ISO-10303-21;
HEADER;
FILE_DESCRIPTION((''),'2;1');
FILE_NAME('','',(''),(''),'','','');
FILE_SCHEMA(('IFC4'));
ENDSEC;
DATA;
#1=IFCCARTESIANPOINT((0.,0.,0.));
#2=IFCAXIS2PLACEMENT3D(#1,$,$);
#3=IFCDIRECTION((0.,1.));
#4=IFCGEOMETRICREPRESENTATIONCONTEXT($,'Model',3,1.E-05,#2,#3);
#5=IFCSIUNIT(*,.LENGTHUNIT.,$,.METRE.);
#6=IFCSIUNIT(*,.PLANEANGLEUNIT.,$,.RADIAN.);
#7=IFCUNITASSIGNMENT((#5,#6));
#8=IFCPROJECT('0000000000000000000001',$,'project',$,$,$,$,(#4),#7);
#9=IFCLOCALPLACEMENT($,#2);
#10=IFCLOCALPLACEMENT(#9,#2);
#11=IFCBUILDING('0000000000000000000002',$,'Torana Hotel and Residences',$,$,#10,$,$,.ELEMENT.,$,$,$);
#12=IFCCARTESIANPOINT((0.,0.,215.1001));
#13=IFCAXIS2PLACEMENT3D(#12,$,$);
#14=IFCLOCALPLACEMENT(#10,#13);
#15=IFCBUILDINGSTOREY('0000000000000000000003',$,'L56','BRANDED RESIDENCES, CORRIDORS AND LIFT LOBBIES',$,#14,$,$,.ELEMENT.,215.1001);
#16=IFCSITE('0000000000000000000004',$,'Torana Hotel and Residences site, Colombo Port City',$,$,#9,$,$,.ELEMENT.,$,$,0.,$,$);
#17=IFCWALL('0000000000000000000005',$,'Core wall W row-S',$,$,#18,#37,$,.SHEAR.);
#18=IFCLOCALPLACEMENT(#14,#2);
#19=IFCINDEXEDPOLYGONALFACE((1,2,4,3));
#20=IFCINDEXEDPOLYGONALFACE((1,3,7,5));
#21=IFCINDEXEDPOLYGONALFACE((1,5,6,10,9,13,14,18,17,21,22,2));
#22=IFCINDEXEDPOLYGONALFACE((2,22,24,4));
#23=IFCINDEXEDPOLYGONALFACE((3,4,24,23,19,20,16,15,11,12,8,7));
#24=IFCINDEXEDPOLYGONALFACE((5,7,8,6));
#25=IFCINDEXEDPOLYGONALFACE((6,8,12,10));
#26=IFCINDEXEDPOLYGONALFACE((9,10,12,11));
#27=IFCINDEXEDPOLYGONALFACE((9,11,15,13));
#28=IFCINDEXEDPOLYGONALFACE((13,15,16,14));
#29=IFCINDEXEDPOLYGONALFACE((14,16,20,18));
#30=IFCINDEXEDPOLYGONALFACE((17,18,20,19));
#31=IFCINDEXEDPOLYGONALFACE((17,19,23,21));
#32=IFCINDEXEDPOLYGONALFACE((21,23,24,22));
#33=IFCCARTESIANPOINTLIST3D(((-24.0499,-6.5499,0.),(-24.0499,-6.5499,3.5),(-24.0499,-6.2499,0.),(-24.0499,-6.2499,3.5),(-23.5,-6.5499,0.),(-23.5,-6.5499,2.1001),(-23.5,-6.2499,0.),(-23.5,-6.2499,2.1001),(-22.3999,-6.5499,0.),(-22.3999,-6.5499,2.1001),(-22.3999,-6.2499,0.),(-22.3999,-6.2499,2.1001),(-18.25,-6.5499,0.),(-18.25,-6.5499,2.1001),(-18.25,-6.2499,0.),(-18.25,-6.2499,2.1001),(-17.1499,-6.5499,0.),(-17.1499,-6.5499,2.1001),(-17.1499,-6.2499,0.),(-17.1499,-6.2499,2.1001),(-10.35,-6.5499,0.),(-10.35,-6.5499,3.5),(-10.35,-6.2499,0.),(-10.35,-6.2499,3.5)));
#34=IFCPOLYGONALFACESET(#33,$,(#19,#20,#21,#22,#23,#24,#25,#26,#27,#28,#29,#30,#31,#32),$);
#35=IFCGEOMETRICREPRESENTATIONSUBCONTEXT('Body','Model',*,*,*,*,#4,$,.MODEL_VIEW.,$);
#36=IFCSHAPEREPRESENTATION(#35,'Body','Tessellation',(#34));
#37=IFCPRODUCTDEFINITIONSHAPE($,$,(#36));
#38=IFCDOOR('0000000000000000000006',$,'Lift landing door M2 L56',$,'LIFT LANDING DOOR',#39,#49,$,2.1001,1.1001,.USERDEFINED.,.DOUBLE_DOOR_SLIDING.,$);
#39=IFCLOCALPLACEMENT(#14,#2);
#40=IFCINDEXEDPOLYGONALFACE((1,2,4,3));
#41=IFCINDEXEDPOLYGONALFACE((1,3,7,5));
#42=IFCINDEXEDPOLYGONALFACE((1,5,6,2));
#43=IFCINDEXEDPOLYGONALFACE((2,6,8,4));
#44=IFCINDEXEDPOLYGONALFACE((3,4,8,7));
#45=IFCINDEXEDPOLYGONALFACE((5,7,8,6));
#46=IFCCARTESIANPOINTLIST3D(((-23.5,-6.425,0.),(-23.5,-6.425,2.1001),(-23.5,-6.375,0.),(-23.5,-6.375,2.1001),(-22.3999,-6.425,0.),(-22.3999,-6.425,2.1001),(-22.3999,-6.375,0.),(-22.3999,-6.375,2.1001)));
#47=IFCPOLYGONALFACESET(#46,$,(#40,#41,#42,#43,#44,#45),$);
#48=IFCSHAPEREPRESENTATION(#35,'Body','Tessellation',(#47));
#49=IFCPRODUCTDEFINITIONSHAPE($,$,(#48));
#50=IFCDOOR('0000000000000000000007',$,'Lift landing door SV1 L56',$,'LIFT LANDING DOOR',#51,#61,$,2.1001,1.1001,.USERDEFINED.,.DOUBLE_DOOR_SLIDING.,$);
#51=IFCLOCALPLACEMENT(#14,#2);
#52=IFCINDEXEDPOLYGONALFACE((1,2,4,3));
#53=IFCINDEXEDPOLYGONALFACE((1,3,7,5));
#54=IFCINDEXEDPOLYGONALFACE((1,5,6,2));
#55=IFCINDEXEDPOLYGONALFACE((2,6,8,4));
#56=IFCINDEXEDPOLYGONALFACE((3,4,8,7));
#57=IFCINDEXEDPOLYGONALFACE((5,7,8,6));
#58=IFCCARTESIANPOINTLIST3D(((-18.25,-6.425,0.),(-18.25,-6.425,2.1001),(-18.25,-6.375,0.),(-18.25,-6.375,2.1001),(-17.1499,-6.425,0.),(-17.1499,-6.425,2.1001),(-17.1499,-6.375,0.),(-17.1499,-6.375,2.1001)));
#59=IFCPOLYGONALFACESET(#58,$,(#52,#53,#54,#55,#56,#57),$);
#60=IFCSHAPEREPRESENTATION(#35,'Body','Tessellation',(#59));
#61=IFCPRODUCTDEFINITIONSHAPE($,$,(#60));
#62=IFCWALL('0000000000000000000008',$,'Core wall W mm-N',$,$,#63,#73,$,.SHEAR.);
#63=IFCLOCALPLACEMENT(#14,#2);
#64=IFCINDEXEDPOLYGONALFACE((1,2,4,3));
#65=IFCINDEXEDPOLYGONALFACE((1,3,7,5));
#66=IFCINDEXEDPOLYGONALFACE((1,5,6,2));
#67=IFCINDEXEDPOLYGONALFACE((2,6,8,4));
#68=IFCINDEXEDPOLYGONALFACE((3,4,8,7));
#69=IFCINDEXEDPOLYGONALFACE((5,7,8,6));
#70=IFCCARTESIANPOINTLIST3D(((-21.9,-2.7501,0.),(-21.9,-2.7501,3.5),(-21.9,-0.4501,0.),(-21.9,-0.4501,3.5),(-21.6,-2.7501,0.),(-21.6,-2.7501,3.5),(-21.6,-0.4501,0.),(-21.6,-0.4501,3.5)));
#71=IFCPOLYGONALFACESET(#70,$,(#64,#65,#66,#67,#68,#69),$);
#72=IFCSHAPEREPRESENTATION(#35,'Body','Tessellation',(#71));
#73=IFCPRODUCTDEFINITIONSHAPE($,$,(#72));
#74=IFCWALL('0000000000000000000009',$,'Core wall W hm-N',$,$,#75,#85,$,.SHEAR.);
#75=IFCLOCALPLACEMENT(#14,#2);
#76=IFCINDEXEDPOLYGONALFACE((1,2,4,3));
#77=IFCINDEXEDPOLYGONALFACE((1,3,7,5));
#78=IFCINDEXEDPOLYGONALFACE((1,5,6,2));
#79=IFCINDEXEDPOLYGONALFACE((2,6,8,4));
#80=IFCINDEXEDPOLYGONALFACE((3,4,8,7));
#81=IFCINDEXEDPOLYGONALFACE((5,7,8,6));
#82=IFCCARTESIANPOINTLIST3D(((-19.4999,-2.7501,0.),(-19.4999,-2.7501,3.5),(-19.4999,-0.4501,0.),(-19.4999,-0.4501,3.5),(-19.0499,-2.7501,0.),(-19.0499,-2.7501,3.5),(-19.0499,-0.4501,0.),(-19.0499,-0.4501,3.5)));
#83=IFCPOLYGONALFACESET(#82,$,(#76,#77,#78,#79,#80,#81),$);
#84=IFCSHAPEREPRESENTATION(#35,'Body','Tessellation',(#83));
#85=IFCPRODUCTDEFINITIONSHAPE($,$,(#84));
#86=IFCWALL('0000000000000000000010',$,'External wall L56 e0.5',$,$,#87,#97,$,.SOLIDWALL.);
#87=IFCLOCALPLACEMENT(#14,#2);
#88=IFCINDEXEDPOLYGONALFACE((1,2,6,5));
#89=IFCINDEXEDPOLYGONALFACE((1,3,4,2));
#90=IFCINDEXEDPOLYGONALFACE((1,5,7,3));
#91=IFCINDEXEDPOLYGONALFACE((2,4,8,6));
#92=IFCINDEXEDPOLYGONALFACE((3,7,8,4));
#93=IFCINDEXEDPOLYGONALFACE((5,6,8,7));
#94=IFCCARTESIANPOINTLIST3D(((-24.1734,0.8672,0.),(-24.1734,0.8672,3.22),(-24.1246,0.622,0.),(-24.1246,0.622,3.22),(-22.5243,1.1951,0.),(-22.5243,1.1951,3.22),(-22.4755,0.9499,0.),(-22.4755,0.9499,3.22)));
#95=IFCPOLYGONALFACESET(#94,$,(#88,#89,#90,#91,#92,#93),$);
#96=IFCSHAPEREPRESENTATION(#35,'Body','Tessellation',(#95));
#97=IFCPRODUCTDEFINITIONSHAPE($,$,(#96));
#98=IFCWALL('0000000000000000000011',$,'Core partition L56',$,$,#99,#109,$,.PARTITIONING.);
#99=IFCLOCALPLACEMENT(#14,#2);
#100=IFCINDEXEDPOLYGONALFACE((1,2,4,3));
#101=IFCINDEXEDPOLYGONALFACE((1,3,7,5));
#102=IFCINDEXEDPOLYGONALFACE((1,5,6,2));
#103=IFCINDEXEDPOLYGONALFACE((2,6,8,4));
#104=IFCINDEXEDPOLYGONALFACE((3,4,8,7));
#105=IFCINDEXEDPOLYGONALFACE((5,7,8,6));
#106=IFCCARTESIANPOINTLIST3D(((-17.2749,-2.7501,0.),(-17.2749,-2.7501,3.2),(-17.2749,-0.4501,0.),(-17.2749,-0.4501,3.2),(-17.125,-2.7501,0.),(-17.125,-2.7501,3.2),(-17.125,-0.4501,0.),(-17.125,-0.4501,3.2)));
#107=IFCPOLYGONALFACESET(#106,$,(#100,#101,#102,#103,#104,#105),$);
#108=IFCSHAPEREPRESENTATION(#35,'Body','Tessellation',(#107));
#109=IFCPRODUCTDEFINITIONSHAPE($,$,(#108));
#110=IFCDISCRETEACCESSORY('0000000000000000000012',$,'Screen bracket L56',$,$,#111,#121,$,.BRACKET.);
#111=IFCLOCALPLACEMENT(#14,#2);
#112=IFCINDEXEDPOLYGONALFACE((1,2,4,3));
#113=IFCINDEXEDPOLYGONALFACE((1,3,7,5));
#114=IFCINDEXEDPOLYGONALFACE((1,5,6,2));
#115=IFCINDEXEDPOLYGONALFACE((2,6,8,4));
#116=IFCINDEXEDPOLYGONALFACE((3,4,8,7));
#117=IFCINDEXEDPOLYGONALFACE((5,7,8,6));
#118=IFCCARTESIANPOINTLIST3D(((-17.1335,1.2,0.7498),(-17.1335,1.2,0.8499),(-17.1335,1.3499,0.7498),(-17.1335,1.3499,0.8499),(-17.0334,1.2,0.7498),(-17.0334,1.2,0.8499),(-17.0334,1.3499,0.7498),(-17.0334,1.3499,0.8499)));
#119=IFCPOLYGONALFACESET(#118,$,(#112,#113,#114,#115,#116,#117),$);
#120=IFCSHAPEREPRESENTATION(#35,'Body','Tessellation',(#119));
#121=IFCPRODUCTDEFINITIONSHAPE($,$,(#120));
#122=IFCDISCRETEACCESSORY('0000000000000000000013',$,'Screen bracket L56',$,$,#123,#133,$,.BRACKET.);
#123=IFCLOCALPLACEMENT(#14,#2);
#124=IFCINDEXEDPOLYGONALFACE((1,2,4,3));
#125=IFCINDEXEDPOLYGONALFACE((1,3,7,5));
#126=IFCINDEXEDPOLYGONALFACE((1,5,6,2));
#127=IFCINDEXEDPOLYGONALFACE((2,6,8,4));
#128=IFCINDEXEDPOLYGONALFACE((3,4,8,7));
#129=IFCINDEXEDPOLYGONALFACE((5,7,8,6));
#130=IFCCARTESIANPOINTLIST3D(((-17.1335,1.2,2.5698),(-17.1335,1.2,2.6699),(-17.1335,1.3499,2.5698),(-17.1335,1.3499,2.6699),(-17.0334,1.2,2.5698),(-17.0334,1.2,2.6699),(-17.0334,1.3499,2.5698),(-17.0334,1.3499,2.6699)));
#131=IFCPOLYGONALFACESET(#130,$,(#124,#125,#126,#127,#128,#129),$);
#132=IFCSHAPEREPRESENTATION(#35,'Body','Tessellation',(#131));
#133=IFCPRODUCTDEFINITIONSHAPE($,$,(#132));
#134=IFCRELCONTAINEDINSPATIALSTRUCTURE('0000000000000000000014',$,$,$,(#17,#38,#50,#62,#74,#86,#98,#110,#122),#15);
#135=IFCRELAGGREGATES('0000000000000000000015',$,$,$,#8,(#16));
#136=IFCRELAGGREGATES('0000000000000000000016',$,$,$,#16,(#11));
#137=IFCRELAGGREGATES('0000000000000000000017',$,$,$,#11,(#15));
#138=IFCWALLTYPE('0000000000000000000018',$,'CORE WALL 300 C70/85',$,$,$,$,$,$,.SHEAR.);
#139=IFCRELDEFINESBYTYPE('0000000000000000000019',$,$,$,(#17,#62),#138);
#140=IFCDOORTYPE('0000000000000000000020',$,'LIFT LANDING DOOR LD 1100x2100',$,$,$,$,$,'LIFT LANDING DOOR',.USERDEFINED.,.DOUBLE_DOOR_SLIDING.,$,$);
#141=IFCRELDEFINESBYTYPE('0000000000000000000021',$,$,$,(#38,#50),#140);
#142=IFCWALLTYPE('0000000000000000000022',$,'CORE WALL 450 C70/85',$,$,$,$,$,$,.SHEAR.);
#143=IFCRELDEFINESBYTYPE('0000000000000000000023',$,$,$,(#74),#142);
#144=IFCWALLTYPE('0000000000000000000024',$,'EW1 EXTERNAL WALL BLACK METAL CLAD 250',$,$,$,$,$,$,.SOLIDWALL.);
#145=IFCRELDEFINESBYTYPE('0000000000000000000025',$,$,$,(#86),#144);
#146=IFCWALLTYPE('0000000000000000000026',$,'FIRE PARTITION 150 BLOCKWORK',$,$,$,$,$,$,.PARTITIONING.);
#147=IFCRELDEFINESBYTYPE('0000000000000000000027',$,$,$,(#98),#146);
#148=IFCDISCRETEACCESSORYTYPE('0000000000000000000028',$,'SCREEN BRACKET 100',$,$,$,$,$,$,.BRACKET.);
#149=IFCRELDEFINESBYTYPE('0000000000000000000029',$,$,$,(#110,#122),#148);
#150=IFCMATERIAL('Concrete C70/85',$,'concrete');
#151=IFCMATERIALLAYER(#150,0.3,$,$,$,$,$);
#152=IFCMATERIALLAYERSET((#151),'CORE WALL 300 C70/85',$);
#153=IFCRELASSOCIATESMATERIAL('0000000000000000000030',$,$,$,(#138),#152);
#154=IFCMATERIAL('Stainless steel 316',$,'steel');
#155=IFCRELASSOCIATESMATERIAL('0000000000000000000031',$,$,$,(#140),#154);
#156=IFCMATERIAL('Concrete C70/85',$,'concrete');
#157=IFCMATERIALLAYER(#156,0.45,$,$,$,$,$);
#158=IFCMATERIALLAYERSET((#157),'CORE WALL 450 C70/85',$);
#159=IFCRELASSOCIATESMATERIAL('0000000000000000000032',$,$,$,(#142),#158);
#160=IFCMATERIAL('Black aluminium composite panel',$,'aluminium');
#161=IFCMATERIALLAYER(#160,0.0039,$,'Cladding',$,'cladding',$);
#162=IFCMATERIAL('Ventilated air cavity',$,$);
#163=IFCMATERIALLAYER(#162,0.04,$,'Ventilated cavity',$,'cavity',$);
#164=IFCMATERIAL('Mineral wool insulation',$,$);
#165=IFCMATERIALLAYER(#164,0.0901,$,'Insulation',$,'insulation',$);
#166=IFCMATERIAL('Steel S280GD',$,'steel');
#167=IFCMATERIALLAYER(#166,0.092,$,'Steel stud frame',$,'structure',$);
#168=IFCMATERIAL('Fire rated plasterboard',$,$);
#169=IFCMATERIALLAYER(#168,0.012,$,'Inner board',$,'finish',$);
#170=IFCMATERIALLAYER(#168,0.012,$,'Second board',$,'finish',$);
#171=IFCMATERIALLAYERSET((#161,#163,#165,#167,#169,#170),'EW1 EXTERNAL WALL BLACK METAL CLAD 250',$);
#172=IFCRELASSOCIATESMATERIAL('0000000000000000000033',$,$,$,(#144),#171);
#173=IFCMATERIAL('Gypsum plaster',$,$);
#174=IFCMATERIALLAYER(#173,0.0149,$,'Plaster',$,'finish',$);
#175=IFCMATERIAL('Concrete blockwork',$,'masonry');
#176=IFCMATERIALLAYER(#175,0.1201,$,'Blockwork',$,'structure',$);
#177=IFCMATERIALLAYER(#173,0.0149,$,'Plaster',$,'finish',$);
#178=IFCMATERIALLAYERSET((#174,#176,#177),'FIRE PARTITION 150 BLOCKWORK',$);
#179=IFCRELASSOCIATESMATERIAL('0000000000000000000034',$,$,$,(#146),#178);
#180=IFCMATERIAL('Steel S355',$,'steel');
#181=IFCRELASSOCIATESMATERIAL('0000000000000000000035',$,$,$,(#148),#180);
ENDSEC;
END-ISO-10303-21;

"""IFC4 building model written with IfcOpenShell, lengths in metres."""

from ifc_helpers import new_model, si_unit, direction, frame, frame_2d, origin, origin_2d, place, context, subcontext, project, spatial, rectangle, extrude, material, layer, layer_set, type_object, element, fill, save


model = new_model("IFC4")

# Units and contexts
model_context = context("Model", 3, precision=1e-05, world=origin(), true_north=direction((0.0, 1.0)))
body_context = subcontext(model_context, "Body", "Model", "MODEL_VIEW")
ifc_project = project(units=[si_unit("LENGTHUNIT", "METRE"), si_unit("PLANEANGLEUNIT", "RADIAN")], contexts=[model_context])

# Site, building, storey
site_placement = place(None, origin())
site = spatial("IfcSite", under=ifc_project, at=site_placement, Name="Torana Hotel and Residences site, Colombo Port City", CompositionType="ELEMENT", RefElevation=0.0)
building_placement = place(site_placement, origin())
building = spatial("IfcBuilding", under=site, at=building_placement, Name="Torana Hotel and Residences", CompositionType="ELEMENT")
storey_placement = place(building_placement, frame((0.0, 0.0, 215.1001)))
storey = spatial("IfcBuildingStorey", under=building, at=storey_placement, Name="L56", Description="BRANDED RESIDENCES, CORRIDORS AND LIFT LOBBIES", CompositionType="ELEMENT", Elevation=215.1001)

# Wall, openings, doors
ifc_material_1 = material(Name="Concrete C70/85", Category="concrete")
ifc_layer_1 = layer(ifc_material_1, 0.3)
ifc_layer_set_1 = layer_set([ifc_layer_1], Name="CORE WALL 300 C70/85")
wall_type_1 = type_object("IfcWallType", Name="CORE WALL 300 C70/85", PredefinedType="SHEAR", material=ifc_layer_set_1)
ifc_material_2 = material(Name="Stainless steel 316", Category="steel")
door_type_1 = type_object("IfcDoorType", Name="LIFT LANDING DOOR LD 1100x2100", ElementType="LIFT LANDING DOOR", OperationType="DOUBLE_DOOR_SLIDING", PredefinedType="USERDEFINED", material=ifc_material_2)
wall_1_placement = place(storey_placement, frame((-24.05, -6.3999, 0.0), z_axis=(0.0, 0.0, 1.0), x_axis=(1.0, 0.0, 0.0)))
wall_1 = element("IfcWall", 1, at=wall_1_placement, inside=storey, type_object=wall_type_1, Name="Core wall W row-S", PredefinedType="SHEAR", context=body_context, shape_type="SweptSolid", body=[
    extrude(rectangle(XDim=13.7, YDim=0.3, at=frame_2d((6.8501, 0.0))), origin(), (0.0, 0.0, 1.0), 3.5),
])
opening_1_placement = place(wall_1_placement, frame((0.55, 0.0, 0.0)))
opening_1 = element("IfcOpeningElement", 2, at=opening_1_placement, cuts=wall_1, PredefinedType="OPENING", context=body_context, shape_type="SweptSolid", body=[
    extrude(rectangle(XDim=1.1001, YDim=2.1001, at=frame_2d((0.55, 1.05))), frame((0.0, 0.1599, 0.0), z_axis=(0.0, -1.0, 0.0), x_axis=(1.0, 0.0, 0.0)), (0.0, 0.0, 1.0), 0.3201),
])
opening_2_placement = place(wall_1_placement, frame((5.8, 0.0, 0.0)))
opening_2 = element("IfcOpeningElement", 3, at=opening_2_placement, cuts=wall_1, PredefinedType="OPENING", context=body_context, shape_type="SweptSolid", body=[
    extrude(rectangle(XDim=1.1001, YDim=2.1001, at=frame_2d((0.55, 1.05))), frame((0.0, 0.1599, 0.0), z_axis=(0.0, -1.0, 0.0), x_axis=(1.0, 0.0, 0.0)), (0.0, 0.0, 1.0), 0.3201),
])
door_1_placement = place(opening_1_placement, origin())
door_1 = element("IfcDoor", 4, at=door_1_placement, inside=storey, type_object=door_type_1, Name="Lift landing door M2 L56", ObjectType="LIFT LANDING DOOR", OperationType="DOUBLE_DOOR_SLIDING", OverallHeight=2.1001, OverallWidth=1.1001, PredefinedType="USERDEFINED", context=body_context, shape_type="SweptSolid", body=[
    extrude(rectangle(XDim=1.1001, YDim=2.1001, at=frame_2d((0.55, 1.05))), frame((0.0, 0.0249, 0.0), z_axis=(0.0, -1.0, 0.0), x_axis=(1.0, 0.0, 0.0)), (0.0, 0.0, 1.0), 0.05),
])
fill(opening_1, door_1)
door_2_placement = place(opening_2_placement, origin())
door_2 = element("IfcDoor", 5, at=door_2_placement, inside=storey, type_object=door_type_1, Name="Lift landing door SV1 L56", ObjectType="LIFT LANDING DOOR", OperationType="DOUBLE_DOOR_SLIDING", OverallHeight=2.1001, OverallWidth=1.1001, PredefinedType="USERDEFINED", context=body_context, shape_type="SweptSolid", body=[
    extrude(rectangle(XDim=1.1001, YDim=2.1001, at=frame_2d((0.55, 1.05))), frame((0.0, 0.0249, 0.0), z_axis=(0.0, -1.0, 0.0), x_axis=(1.0, 0.0, 0.0)), (0.0, 0.0, 1.0), 0.05),
])
fill(opening_2, door_2)

# Walls
wall_2_placement = place(storey_placement, frame((-21.75, -2.75, 0.0), z_axis=(0.0, 0.0, 1.0), x_axis=(0.0, 1.0, 0.0)))
element("IfcWall", 6, at=wall_2_placement, inside=storey, type_object=wall_type_1, Name="Core wall W mm-N", PredefinedType="SHEAR", context=body_context, shape_type="SweptSolid", body=[
    extrude(rectangle(XDim=2.3, YDim=0.3, at=frame_2d((1.1499, 0.0))), origin(), (0.0, 0.0, 1.0), 3.5),
])
ifc_material_3 = material(Name="Concrete C70/85", Category="concrete")
ifc_layer_2 = layer(ifc_material_3, 0.45)
ifc_layer_set_2 = layer_set([ifc_layer_2], Name="CORE WALL 450 C70/85")
wall_type_2 = type_object("IfcWallType", Name="CORE WALL 450 C70/85", PredefinedType="SHEAR", material=ifc_layer_set_2)
wall_3_placement = place(storey_placement, frame((-19.2749, -2.75, 0.0), z_axis=(0.0, 0.0, 1.0), x_axis=(0.0, 1.0, 0.0)))
element("IfcWall", 7, at=wall_3_placement, inside=storey, type_object=wall_type_2, Name="Core wall W hm-N", PredefinedType="SHEAR", context=body_context, shape_type="SweptSolid", body=[
    extrude(rectangle(XDim=2.3, YDim=0.45, at=frame_2d((1.1499, 0.0))), origin(), (0.0, 0.0, 1.0), 3.5),
])
ifc_material_4 = material(Name="Black aluminium composite panel", Category="aluminium")
ifc_layer_3 = layer(ifc_material_4, 0.0039, Name="Cladding", Category="cladding")
ifc_material_5 = material(Name="Ventilated air cavity")
ifc_layer_4 = layer(ifc_material_5, 0.04, Name="Ventilated cavity", Category="cavity")
ifc_material_6 = material(Name="Mineral wool insulation")
ifc_layer_5 = layer(ifc_material_6, 0.0901, Name="Insulation", Category="insulation")
ifc_material_7 = material(Name="Steel S280GD", Category="steel")
ifc_layer_6 = layer(ifc_material_7, 0.092, Name="Steel stud frame", Category="structure")
ifc_material_8 = material(Name="Fire rated plasterboard")
ifc_layer_7 = layer(ifc_material_8, 0.012, Name="Inner board", Category="finish")
ifc_layer_8 = layer(ifc_material_8, 0.012, Name="Second board", Category="finish")
ifc_layer_set_3 = layer_set([ifc_layer_3, ifc_layer_4, ifc_layer_5, ifc_layer_6, ifc_layer_7, ifc_layer_8], Name="EW1 EXTERNAL WALL BLACK METAL CLAD 250")
wall_type_3 = type_object("IfcWallType", Name="EW1 EXTERNAL WALL BLACK METAL CLAD 250", PredefinedType="SOLIDWALL", material=ifc_layer_set_3)
wall_4_placement = place(storey_placement, frame((-22.4998, 1.0725, 0.0), z_axis=(0.0, 0.0, 1.0), x_axis=(-0.980803, -0.194999, 0.0)))
element("IfcWall", 8, at=wall_4_placement, inside=storey, type_object=wall_type_3, Name="External wall L56 e0.5", PredefinedType="SOLIDWALL", context=body_context, shape_type="SweptSolid", body=[
    extrude(rectangle(XDim=1.6814, YDim=0.25, at=frame_2d((0.8408, 0.0))), origin(), (0.0, 0.0, 1.0), 3.22),
])
ifc_material_9 = material(Name="Gypsum plaster")
ifc_layer_9 = layer(ifc_material_9, 0.0149, Name="Plaster", Category="finish")
ifc_material_10 = material(Name="Concrete blockwork", Category="masonry")
ifc_layer_10 = layer(ifc_material_10, 0.1201, Name="Blockwork", Category="structure")
ifc_layer_11 = layer(ifc_material_9, 0.0149, Name="Plaster", Category="finish")
ifc_layer_set_4 = layer_set([ifc_layer_9, ifc_layer_10, ifc_layer_11], Name="FIRE PARTITION 150 BLOCKWORK")
wall_type_4 = type_object("IfcWallType", Name="FIRE PARTITION 150 BLOCKWORK", PredefinedType="PARTITIONING", material=ifc_layer_set_4)
wall_5_placement = place(storey_placement, frame((-17.2, -2.75, 0.0), z_axis=(0.0, 0.0, 1.0), x_axis=(0.0, 1.0, 0.0)))
element("IfcWall", 9, at=wall_5_placement, inside=storey, type_object=wall_type_4, Name="Core partition L56", PredefinedType="PARTITIONING", context=body_context, shape_type="SweptSolid", body=[
    extrude(rectangle(XDim=2.3, YDim=0.1499, at=frame_2d((1.1499, 0.0))), origin(), (0.0, 0.0, 1.0), 3.2),
])

# Discrete accessories
ifc_material_11 = material(Name="Steel S355", Category="steel")
discrete_accessory_type = type_object("IfcDiscreteAccessoryType", Name="SCREEN BRACKET 100", PredefinedType="BRACKET", material=ifc_material_11)
for number, where, z_axis, x_axis, name in (
    (10, (-17.0835, 1.2749, 0.7498), (0.0, 0.0, 1.0), (-1.0, 0.0, 0.0), "Screen bracket L56"),
    (11, (-17.0835, 1.2749, 2.5698), (0.0, 0.0, 1.0), (-1.0, 0.0, 0.0), "Screen bracket L56"),
):
    element("IfcDiscreteAccessory", number, at=place(storey_placement, frame(where, z_axis=z_axis, x_axis=x_axis)), inside=storey, type_object=discrete_accessory_type, Name=name, PredefinedType="BRACKET", context=body_context, shape_type="SweptSolid", body=[
        extrude(rectangle(XDim=0.1001, YDim=0.1499, at=origin_2d()), origin(), (0.0, 0.0, 1.0), 0.1001),
    ])

save(model, "model.ifc")
